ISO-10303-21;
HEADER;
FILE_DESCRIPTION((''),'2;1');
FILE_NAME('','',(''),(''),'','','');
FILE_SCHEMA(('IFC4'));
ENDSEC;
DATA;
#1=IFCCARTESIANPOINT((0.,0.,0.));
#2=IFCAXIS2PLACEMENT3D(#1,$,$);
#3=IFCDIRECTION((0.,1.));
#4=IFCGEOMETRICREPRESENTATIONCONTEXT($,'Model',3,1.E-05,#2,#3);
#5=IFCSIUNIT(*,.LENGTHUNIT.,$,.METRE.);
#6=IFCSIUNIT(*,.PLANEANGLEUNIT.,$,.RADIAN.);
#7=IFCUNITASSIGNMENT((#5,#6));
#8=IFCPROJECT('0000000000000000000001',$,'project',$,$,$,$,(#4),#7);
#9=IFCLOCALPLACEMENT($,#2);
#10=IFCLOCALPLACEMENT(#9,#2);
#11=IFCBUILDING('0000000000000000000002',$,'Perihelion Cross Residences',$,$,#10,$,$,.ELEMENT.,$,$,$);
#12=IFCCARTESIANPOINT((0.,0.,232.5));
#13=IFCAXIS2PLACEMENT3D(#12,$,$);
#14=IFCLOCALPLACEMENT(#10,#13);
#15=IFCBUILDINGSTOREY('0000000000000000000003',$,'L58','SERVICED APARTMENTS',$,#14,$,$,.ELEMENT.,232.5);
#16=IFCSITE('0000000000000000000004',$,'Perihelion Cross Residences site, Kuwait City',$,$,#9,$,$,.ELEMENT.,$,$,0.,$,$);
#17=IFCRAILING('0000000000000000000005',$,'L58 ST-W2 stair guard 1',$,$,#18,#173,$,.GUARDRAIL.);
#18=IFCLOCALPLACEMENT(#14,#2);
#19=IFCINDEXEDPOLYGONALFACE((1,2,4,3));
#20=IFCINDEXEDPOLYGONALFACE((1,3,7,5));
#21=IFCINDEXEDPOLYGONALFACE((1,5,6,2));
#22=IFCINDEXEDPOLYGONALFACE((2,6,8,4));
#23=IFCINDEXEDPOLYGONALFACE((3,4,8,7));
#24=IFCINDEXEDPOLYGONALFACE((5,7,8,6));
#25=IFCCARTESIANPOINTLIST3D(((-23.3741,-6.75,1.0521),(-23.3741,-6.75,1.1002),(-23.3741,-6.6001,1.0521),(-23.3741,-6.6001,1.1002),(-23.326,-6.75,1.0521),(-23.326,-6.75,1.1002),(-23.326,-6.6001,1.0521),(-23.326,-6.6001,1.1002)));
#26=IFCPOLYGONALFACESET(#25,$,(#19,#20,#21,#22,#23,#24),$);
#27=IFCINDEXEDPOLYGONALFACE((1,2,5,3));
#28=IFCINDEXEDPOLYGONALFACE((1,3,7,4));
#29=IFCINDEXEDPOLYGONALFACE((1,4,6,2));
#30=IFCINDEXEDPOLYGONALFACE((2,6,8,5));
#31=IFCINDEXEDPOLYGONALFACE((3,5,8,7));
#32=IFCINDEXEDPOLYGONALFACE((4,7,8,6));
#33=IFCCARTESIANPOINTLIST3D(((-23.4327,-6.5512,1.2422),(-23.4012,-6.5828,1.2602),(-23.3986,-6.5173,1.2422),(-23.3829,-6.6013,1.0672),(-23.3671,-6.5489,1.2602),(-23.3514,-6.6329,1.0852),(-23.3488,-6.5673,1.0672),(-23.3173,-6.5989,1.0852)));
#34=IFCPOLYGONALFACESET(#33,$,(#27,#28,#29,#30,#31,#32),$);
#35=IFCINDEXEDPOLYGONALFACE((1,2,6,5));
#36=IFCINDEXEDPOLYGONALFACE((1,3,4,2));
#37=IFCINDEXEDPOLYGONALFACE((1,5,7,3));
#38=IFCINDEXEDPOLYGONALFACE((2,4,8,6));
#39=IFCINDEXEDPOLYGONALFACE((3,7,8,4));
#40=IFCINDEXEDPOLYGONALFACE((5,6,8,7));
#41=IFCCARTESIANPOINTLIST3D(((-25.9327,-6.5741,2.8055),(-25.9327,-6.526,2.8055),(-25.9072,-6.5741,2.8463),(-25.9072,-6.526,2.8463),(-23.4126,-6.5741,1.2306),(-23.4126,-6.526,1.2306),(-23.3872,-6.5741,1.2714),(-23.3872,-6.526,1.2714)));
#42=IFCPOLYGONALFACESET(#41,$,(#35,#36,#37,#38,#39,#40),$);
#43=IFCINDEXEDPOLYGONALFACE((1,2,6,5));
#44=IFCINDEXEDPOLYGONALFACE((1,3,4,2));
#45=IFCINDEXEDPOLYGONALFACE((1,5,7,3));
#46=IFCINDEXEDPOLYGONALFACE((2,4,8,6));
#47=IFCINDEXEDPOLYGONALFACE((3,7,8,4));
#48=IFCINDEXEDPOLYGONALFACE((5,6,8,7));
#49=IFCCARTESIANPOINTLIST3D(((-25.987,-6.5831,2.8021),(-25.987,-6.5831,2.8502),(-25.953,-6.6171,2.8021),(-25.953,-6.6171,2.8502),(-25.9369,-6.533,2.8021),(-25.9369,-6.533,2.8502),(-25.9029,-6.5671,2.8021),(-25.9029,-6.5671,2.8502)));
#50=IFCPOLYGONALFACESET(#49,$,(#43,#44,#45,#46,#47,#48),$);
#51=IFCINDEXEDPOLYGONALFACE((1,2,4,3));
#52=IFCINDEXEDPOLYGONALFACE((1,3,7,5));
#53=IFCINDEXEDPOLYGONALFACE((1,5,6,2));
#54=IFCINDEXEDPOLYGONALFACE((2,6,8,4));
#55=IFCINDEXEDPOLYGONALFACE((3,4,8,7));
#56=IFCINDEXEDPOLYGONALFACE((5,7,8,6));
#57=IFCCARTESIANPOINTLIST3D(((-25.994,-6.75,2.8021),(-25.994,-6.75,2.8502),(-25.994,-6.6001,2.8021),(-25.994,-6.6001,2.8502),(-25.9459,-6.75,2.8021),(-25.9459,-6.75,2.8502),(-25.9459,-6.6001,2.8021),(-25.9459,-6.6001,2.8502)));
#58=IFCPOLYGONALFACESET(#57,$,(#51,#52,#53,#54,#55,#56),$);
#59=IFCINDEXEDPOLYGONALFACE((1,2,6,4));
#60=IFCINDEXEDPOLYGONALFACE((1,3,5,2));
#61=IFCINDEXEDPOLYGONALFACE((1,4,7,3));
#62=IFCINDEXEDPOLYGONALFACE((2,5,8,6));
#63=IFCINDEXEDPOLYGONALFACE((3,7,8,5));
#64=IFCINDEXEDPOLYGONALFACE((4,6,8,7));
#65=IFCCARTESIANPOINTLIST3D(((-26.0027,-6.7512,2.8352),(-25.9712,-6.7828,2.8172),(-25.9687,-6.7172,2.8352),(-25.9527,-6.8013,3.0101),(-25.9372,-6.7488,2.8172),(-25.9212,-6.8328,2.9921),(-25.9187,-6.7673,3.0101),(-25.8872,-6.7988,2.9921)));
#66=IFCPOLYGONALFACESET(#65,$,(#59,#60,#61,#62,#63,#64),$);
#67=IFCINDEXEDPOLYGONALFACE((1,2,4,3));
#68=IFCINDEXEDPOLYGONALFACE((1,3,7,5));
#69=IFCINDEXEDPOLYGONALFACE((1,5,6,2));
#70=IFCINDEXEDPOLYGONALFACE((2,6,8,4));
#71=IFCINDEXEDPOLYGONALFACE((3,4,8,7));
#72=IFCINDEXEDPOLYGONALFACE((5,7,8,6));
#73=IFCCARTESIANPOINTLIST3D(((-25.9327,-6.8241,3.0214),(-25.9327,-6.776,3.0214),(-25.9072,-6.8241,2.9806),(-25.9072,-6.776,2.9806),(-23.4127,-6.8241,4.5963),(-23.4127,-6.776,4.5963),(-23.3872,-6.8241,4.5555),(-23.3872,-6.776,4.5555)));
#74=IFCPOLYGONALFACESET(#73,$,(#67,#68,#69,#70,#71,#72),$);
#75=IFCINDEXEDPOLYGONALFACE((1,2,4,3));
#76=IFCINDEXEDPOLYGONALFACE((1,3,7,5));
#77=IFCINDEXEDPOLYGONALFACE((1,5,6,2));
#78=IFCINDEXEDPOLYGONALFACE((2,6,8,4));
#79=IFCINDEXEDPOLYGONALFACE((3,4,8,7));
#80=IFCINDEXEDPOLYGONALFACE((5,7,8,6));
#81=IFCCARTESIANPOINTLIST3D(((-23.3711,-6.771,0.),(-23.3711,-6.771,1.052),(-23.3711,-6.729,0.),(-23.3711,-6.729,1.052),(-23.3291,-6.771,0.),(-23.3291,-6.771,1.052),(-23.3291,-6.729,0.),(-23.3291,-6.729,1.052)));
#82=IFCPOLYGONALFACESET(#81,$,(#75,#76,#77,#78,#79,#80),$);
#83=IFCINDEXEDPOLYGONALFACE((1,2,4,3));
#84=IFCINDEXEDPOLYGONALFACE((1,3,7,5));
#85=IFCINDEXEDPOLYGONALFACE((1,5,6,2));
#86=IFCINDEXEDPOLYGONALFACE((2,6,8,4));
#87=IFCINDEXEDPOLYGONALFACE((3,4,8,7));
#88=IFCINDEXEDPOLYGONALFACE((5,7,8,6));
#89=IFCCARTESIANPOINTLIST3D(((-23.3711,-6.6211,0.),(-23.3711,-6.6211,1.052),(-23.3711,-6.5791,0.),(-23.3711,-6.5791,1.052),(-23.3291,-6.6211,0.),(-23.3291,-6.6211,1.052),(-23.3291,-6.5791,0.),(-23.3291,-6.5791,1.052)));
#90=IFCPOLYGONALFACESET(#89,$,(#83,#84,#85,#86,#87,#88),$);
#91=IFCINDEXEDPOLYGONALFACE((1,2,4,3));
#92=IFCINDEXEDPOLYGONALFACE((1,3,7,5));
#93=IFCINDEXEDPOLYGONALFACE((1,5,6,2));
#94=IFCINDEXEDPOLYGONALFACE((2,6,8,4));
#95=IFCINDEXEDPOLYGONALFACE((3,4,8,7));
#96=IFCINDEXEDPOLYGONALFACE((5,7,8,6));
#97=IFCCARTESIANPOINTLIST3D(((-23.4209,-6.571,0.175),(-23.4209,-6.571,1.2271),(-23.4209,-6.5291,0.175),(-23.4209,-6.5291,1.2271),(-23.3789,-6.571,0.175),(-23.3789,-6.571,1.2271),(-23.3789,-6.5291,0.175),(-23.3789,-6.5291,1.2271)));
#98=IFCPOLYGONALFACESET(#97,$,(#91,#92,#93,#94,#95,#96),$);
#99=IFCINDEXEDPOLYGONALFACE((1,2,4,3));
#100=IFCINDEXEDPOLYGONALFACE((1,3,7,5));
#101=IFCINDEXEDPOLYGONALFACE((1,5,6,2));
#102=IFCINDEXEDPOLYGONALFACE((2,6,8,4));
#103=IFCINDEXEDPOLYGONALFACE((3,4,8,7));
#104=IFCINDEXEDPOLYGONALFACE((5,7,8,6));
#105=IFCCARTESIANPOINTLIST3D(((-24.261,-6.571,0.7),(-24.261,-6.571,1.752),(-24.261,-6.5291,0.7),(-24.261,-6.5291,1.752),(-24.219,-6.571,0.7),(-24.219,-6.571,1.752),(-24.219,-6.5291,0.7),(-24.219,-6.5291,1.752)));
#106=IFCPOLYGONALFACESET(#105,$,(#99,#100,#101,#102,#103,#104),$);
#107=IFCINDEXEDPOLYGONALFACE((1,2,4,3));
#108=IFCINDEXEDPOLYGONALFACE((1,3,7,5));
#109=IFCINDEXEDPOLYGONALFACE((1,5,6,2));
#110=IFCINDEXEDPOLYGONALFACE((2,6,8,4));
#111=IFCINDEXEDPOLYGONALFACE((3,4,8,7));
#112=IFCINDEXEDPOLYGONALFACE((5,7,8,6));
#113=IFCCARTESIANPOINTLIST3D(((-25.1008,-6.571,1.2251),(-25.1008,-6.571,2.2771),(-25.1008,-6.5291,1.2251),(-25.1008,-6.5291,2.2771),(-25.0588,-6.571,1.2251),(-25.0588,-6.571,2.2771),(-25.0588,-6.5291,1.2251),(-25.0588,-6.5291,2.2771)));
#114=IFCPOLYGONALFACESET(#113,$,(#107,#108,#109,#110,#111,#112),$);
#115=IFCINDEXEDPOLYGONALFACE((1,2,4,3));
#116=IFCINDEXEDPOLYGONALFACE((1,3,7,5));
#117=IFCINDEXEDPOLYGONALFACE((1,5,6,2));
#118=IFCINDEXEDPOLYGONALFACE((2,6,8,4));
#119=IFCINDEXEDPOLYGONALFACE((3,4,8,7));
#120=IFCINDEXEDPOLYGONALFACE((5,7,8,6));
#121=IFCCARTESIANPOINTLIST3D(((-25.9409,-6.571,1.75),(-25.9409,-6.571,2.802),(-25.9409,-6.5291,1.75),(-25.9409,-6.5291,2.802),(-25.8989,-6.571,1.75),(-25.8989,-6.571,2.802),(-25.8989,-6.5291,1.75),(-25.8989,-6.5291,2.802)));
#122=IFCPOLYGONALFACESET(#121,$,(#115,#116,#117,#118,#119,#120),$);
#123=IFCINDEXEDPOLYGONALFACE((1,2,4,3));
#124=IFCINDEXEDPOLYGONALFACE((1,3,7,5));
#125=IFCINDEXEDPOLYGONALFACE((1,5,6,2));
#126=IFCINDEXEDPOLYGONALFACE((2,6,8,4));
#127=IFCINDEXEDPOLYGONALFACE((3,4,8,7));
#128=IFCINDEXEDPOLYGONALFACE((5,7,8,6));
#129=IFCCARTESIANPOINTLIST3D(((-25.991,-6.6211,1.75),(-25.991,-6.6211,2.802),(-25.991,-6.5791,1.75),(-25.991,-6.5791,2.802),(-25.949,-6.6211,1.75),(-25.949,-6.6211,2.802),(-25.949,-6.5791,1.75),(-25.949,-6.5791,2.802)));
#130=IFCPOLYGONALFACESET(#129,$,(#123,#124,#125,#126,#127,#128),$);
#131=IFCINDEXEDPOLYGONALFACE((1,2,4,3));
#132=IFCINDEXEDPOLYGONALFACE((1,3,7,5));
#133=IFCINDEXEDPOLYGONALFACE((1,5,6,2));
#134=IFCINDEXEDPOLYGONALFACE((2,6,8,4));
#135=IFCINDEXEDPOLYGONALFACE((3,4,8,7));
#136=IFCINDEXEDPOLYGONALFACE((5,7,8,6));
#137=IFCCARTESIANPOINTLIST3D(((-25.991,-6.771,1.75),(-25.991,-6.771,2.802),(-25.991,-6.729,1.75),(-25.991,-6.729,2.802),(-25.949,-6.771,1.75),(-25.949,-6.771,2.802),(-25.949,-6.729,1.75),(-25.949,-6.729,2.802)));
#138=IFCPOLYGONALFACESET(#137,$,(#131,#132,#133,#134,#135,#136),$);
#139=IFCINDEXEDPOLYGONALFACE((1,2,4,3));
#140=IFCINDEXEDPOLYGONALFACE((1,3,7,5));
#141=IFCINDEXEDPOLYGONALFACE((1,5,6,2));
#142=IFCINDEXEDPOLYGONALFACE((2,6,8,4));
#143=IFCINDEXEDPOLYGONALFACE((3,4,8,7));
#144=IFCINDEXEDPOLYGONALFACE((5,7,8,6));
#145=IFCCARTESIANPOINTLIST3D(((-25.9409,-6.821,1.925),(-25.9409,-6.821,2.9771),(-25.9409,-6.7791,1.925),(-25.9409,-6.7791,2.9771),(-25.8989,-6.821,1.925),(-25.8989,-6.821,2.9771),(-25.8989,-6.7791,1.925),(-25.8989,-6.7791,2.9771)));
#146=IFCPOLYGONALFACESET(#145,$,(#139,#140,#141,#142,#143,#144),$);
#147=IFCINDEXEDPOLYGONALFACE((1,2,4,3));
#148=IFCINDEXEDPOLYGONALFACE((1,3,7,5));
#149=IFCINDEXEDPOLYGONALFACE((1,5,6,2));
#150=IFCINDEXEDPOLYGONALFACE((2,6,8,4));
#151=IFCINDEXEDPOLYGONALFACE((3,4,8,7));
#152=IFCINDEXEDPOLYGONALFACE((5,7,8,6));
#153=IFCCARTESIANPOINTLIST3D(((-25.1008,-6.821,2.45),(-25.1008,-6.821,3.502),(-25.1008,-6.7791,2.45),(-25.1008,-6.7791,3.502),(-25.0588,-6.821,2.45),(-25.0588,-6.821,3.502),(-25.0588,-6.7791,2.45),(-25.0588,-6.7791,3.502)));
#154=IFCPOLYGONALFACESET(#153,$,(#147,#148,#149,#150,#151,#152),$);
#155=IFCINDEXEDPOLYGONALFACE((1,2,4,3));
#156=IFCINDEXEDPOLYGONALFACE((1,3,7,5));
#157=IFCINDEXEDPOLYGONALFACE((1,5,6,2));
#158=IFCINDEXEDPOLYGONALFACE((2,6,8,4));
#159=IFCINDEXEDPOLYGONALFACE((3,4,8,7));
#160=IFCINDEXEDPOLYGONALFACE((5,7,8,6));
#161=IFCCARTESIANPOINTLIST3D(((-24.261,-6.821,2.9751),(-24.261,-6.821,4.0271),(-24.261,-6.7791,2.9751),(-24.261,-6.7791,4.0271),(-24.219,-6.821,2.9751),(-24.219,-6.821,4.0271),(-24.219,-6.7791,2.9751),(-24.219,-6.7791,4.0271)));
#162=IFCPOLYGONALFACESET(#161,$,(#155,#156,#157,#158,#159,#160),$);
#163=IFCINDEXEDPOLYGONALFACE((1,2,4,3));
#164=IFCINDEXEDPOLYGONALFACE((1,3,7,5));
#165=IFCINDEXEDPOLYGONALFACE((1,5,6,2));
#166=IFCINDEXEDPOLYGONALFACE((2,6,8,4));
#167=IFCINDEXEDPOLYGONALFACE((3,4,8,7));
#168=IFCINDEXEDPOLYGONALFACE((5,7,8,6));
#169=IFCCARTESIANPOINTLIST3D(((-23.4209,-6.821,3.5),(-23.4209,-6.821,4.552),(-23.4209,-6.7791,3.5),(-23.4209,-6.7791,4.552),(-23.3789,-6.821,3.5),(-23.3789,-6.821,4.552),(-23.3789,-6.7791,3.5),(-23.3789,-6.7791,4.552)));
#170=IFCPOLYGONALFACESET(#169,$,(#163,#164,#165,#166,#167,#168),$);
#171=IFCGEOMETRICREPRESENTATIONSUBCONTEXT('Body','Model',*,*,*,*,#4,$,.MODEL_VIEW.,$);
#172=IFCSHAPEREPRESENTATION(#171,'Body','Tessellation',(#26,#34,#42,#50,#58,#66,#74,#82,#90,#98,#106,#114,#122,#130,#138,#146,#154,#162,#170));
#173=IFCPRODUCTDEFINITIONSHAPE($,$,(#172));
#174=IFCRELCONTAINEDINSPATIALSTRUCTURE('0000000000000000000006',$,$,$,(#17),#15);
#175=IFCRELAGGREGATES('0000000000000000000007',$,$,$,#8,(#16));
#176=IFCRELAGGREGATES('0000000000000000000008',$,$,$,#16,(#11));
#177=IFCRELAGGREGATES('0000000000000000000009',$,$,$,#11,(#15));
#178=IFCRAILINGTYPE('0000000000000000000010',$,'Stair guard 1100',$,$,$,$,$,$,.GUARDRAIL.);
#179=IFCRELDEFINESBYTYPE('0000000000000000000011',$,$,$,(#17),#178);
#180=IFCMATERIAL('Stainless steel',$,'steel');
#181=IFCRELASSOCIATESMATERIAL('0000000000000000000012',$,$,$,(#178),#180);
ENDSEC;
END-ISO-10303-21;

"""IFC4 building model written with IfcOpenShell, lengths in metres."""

from ifc_helpers import new_model, si_unit, direction, frame, origin, origin_2d, place, context, subcontext, project, spatial, rectangle, extrude, material, type_object, element, save


model = new_model("IFC4")

# Units and contexts
model_context = context("Model", 3, precision=1e-05, world=origin(), true_north=direction((0.0, 1.0)))
body_context = subcontext(model_context, "Body", "Model", "MODEL_VIEW")
ifc_project = project(units=[si_unit("LENGTHUNIT", "METRE"), si_unit("PLANEANGLEUNIT", "RADIAN")], contexts=[model_context])

# Site, building, storey
site_placement = place(None, origin())
site = spatial("IfcSite", under=ifc_project, at=site_placement, Name="Perihelion Cross Residences site, Kuwait City", CompositionType="ELEMENT", RefElevation=0.0)
building_placement = place(site_placement, origin())
building = spatial("IfcBuilding", under=site, at=building_placement, Name="Perihelion Cross Residences", CompositionType="ELEMENT")
storey_placement = place(building_placement, frame((0.0, 0.0, 232.5)))
storey = spatial("IfcBuildingStorey", under=building, at=storey_placement, Name="L58", Description="SERVICED APARTMENTS", CompositionType="ELEMENT", Elevation=232.5)

# Railing
ifc_material_1 = material(Name="Stainless steel", Category="steel")
railing_type_1 = type_object("IfcRailingType", Name="Stair guard 1100", PredefinedType="GUARDRAIL", material=ifc_material_1)
railing_1_placement = place(storey_placement, frame((-23.3501, -6.75, 0.0)))
element("IfcRailing", 1, at=railing_1_placement, inside=storey, type_object=railing_type_1, Name="L58 ST-W2 stair guard 1", PredefinedType="GUARDRAIL", context=body_context, shape_type="SweptSolid", body=[
    extrude(rectangle(XDim=0.0481, YDim=0.0481, at=origin_2d()), frame((0.0, 0.0, 1.0762), z_axis=(0.0, 1.0, 0.0), x_axis=(-1.0, 0.0, 0.0)), (0.0, 0.0, 1.0), 0.1499),
    extrude(rectangle(XDim=0.0481, YDim=0.0481, at=origin_2d()), frame((0.0, 0.1499, 1.0762), z_axis=(-0.263862, 0.265156, 0.927399), x_axis=(-0.708834, -0.705376, 0.0)), (0.0, 0.0, 1.0), 0.1887),
    extrude(rectangle(XDim=0.0481, YDim=0.0481, at=origin_2d()), frame((-0.0498, 0.2, 1.251), z_axis=(-0.848008, 0.0, 0.529984), x_axis=(0.0, -1.0, 0.0)), (0.0, 0.0, 1.0), 2.9717),
    extrude(rectangle(XDim=0.0481, YDim=0.0481, at=origin_2d()), frame((-2.5698, 0.2, 2.8262), z_axis=(-0.707107, -0.707107, 0.0), x_axis=(0.707107, -0.707107, 0.0)), (0.0, 0.0, 1.0), 0.0708),
    extrude(rectangle(XDim=0.0481, YDim=0.0481, at=origin_2d()), frame((-2.6199, 0.1499, 2.8262), z_axis=(0.0, -1.0, 0.0), x_axis=(1.0, 0.0, 0.0)), (0.0, 0.0, 1.0), 0.1499),
    extrude(rectangle(XDim=0.0481, YDim=0.0481, at=origin_2d()), frame((-2.6199, 0.0, 2.8262), z_axis=(0.265065, -0.265065, 0.927082), x_axis=(0.707107, 0.707107, 0.0)), (0.0, 0.0, 1.0), 0.1887),
    extrude(rectangle(XDim=0.0481, YDim=0.0481, at=origin_2d()), frame((-2.5698, -0.05, 3.001), z_axis=(0.848008, 0.0, 0.529984), x_axis=(0.0, 1.0, 0.0)), (0.0, 0.0, 1.0), 2.9717),
    extrude(rectangle(XDim=0.042, YDim=0.042, at=origin_2d()), origin(), (0.0, 0.0, 1.0), 1.052),
    extrude(rectangle(XDim=0.042, YDim=0.042, at=origin_2d()), frame((0.0, 0.1499, 0.0)), (0.0, 0.0, 1.0), 1.052),
    extrude(rectangle(XDim=0.042, YDim=0.042, at=origin_2d()), frame((-0.0498, 0.2, 0.175)), (0.0, 0.0, 1.0), 1.052),
    extrude(rectangle(XDim=0.042, YDim=0.042, at=origin_2d()), frame((-0.8899, 0.2, 0.7)), (0.0, 0.0, 1.0), 1.052),
    extrude(rectangle(XDim=0.042, YDim=0.042, at=origin_2d()), frame((-1.7297, 0.2, 1.2251)), (0.0, 0.0, 1.0), 1.052),
    extrude(rectangle(XDim=0.042, YDim=0.042, at=origin_2d()), frame((-2.5698, 0.2, 1.75)), (0.0, 0.0, 1.0), 1.052),
    extrude(rectangle(XDim=0.042, YDim=0.042, at=origin_2d()), frame((-2.6199, 0.1499, 1.75)), (0.0, 0.0, 1.0), 1.052),
    extrude(rectangle(XDim=0.042, YDim=0.042, at=origin_2d()), frame((-2.6199, 0.0, 1.75)), (0.0, 0.0, 1.0), 1.052),
    extrude(rectangle(XDim=0.042, YDim=0.042, at=origin_2d()), frame((-2.5698, -0.05, 1.925)), (0.0, 0.0, 1.0), 1.052),
    extrude(rectangle(XDim=0.042, YDim=0.042, at=origin_2d()), frame((-1.7297, -0.05, 2.45)), (0.0, 0.0, 1.0), 1.052),
    extrude(rectangle(XDim=0.042, YDim=0.042, at=origin_2d()), frame((-0.8899, -0.05, 2.9751)), (0.0, 0.0, 1.0), 1.052),
    extrude(rectangle(XDim=0.042, YDim=0.042, at=origin_2d()), frame((-0.0498, -0.05, 3.5)), (0.0, 0.0, 1.0), 1.052),
])

save(model, "model.ifc")
